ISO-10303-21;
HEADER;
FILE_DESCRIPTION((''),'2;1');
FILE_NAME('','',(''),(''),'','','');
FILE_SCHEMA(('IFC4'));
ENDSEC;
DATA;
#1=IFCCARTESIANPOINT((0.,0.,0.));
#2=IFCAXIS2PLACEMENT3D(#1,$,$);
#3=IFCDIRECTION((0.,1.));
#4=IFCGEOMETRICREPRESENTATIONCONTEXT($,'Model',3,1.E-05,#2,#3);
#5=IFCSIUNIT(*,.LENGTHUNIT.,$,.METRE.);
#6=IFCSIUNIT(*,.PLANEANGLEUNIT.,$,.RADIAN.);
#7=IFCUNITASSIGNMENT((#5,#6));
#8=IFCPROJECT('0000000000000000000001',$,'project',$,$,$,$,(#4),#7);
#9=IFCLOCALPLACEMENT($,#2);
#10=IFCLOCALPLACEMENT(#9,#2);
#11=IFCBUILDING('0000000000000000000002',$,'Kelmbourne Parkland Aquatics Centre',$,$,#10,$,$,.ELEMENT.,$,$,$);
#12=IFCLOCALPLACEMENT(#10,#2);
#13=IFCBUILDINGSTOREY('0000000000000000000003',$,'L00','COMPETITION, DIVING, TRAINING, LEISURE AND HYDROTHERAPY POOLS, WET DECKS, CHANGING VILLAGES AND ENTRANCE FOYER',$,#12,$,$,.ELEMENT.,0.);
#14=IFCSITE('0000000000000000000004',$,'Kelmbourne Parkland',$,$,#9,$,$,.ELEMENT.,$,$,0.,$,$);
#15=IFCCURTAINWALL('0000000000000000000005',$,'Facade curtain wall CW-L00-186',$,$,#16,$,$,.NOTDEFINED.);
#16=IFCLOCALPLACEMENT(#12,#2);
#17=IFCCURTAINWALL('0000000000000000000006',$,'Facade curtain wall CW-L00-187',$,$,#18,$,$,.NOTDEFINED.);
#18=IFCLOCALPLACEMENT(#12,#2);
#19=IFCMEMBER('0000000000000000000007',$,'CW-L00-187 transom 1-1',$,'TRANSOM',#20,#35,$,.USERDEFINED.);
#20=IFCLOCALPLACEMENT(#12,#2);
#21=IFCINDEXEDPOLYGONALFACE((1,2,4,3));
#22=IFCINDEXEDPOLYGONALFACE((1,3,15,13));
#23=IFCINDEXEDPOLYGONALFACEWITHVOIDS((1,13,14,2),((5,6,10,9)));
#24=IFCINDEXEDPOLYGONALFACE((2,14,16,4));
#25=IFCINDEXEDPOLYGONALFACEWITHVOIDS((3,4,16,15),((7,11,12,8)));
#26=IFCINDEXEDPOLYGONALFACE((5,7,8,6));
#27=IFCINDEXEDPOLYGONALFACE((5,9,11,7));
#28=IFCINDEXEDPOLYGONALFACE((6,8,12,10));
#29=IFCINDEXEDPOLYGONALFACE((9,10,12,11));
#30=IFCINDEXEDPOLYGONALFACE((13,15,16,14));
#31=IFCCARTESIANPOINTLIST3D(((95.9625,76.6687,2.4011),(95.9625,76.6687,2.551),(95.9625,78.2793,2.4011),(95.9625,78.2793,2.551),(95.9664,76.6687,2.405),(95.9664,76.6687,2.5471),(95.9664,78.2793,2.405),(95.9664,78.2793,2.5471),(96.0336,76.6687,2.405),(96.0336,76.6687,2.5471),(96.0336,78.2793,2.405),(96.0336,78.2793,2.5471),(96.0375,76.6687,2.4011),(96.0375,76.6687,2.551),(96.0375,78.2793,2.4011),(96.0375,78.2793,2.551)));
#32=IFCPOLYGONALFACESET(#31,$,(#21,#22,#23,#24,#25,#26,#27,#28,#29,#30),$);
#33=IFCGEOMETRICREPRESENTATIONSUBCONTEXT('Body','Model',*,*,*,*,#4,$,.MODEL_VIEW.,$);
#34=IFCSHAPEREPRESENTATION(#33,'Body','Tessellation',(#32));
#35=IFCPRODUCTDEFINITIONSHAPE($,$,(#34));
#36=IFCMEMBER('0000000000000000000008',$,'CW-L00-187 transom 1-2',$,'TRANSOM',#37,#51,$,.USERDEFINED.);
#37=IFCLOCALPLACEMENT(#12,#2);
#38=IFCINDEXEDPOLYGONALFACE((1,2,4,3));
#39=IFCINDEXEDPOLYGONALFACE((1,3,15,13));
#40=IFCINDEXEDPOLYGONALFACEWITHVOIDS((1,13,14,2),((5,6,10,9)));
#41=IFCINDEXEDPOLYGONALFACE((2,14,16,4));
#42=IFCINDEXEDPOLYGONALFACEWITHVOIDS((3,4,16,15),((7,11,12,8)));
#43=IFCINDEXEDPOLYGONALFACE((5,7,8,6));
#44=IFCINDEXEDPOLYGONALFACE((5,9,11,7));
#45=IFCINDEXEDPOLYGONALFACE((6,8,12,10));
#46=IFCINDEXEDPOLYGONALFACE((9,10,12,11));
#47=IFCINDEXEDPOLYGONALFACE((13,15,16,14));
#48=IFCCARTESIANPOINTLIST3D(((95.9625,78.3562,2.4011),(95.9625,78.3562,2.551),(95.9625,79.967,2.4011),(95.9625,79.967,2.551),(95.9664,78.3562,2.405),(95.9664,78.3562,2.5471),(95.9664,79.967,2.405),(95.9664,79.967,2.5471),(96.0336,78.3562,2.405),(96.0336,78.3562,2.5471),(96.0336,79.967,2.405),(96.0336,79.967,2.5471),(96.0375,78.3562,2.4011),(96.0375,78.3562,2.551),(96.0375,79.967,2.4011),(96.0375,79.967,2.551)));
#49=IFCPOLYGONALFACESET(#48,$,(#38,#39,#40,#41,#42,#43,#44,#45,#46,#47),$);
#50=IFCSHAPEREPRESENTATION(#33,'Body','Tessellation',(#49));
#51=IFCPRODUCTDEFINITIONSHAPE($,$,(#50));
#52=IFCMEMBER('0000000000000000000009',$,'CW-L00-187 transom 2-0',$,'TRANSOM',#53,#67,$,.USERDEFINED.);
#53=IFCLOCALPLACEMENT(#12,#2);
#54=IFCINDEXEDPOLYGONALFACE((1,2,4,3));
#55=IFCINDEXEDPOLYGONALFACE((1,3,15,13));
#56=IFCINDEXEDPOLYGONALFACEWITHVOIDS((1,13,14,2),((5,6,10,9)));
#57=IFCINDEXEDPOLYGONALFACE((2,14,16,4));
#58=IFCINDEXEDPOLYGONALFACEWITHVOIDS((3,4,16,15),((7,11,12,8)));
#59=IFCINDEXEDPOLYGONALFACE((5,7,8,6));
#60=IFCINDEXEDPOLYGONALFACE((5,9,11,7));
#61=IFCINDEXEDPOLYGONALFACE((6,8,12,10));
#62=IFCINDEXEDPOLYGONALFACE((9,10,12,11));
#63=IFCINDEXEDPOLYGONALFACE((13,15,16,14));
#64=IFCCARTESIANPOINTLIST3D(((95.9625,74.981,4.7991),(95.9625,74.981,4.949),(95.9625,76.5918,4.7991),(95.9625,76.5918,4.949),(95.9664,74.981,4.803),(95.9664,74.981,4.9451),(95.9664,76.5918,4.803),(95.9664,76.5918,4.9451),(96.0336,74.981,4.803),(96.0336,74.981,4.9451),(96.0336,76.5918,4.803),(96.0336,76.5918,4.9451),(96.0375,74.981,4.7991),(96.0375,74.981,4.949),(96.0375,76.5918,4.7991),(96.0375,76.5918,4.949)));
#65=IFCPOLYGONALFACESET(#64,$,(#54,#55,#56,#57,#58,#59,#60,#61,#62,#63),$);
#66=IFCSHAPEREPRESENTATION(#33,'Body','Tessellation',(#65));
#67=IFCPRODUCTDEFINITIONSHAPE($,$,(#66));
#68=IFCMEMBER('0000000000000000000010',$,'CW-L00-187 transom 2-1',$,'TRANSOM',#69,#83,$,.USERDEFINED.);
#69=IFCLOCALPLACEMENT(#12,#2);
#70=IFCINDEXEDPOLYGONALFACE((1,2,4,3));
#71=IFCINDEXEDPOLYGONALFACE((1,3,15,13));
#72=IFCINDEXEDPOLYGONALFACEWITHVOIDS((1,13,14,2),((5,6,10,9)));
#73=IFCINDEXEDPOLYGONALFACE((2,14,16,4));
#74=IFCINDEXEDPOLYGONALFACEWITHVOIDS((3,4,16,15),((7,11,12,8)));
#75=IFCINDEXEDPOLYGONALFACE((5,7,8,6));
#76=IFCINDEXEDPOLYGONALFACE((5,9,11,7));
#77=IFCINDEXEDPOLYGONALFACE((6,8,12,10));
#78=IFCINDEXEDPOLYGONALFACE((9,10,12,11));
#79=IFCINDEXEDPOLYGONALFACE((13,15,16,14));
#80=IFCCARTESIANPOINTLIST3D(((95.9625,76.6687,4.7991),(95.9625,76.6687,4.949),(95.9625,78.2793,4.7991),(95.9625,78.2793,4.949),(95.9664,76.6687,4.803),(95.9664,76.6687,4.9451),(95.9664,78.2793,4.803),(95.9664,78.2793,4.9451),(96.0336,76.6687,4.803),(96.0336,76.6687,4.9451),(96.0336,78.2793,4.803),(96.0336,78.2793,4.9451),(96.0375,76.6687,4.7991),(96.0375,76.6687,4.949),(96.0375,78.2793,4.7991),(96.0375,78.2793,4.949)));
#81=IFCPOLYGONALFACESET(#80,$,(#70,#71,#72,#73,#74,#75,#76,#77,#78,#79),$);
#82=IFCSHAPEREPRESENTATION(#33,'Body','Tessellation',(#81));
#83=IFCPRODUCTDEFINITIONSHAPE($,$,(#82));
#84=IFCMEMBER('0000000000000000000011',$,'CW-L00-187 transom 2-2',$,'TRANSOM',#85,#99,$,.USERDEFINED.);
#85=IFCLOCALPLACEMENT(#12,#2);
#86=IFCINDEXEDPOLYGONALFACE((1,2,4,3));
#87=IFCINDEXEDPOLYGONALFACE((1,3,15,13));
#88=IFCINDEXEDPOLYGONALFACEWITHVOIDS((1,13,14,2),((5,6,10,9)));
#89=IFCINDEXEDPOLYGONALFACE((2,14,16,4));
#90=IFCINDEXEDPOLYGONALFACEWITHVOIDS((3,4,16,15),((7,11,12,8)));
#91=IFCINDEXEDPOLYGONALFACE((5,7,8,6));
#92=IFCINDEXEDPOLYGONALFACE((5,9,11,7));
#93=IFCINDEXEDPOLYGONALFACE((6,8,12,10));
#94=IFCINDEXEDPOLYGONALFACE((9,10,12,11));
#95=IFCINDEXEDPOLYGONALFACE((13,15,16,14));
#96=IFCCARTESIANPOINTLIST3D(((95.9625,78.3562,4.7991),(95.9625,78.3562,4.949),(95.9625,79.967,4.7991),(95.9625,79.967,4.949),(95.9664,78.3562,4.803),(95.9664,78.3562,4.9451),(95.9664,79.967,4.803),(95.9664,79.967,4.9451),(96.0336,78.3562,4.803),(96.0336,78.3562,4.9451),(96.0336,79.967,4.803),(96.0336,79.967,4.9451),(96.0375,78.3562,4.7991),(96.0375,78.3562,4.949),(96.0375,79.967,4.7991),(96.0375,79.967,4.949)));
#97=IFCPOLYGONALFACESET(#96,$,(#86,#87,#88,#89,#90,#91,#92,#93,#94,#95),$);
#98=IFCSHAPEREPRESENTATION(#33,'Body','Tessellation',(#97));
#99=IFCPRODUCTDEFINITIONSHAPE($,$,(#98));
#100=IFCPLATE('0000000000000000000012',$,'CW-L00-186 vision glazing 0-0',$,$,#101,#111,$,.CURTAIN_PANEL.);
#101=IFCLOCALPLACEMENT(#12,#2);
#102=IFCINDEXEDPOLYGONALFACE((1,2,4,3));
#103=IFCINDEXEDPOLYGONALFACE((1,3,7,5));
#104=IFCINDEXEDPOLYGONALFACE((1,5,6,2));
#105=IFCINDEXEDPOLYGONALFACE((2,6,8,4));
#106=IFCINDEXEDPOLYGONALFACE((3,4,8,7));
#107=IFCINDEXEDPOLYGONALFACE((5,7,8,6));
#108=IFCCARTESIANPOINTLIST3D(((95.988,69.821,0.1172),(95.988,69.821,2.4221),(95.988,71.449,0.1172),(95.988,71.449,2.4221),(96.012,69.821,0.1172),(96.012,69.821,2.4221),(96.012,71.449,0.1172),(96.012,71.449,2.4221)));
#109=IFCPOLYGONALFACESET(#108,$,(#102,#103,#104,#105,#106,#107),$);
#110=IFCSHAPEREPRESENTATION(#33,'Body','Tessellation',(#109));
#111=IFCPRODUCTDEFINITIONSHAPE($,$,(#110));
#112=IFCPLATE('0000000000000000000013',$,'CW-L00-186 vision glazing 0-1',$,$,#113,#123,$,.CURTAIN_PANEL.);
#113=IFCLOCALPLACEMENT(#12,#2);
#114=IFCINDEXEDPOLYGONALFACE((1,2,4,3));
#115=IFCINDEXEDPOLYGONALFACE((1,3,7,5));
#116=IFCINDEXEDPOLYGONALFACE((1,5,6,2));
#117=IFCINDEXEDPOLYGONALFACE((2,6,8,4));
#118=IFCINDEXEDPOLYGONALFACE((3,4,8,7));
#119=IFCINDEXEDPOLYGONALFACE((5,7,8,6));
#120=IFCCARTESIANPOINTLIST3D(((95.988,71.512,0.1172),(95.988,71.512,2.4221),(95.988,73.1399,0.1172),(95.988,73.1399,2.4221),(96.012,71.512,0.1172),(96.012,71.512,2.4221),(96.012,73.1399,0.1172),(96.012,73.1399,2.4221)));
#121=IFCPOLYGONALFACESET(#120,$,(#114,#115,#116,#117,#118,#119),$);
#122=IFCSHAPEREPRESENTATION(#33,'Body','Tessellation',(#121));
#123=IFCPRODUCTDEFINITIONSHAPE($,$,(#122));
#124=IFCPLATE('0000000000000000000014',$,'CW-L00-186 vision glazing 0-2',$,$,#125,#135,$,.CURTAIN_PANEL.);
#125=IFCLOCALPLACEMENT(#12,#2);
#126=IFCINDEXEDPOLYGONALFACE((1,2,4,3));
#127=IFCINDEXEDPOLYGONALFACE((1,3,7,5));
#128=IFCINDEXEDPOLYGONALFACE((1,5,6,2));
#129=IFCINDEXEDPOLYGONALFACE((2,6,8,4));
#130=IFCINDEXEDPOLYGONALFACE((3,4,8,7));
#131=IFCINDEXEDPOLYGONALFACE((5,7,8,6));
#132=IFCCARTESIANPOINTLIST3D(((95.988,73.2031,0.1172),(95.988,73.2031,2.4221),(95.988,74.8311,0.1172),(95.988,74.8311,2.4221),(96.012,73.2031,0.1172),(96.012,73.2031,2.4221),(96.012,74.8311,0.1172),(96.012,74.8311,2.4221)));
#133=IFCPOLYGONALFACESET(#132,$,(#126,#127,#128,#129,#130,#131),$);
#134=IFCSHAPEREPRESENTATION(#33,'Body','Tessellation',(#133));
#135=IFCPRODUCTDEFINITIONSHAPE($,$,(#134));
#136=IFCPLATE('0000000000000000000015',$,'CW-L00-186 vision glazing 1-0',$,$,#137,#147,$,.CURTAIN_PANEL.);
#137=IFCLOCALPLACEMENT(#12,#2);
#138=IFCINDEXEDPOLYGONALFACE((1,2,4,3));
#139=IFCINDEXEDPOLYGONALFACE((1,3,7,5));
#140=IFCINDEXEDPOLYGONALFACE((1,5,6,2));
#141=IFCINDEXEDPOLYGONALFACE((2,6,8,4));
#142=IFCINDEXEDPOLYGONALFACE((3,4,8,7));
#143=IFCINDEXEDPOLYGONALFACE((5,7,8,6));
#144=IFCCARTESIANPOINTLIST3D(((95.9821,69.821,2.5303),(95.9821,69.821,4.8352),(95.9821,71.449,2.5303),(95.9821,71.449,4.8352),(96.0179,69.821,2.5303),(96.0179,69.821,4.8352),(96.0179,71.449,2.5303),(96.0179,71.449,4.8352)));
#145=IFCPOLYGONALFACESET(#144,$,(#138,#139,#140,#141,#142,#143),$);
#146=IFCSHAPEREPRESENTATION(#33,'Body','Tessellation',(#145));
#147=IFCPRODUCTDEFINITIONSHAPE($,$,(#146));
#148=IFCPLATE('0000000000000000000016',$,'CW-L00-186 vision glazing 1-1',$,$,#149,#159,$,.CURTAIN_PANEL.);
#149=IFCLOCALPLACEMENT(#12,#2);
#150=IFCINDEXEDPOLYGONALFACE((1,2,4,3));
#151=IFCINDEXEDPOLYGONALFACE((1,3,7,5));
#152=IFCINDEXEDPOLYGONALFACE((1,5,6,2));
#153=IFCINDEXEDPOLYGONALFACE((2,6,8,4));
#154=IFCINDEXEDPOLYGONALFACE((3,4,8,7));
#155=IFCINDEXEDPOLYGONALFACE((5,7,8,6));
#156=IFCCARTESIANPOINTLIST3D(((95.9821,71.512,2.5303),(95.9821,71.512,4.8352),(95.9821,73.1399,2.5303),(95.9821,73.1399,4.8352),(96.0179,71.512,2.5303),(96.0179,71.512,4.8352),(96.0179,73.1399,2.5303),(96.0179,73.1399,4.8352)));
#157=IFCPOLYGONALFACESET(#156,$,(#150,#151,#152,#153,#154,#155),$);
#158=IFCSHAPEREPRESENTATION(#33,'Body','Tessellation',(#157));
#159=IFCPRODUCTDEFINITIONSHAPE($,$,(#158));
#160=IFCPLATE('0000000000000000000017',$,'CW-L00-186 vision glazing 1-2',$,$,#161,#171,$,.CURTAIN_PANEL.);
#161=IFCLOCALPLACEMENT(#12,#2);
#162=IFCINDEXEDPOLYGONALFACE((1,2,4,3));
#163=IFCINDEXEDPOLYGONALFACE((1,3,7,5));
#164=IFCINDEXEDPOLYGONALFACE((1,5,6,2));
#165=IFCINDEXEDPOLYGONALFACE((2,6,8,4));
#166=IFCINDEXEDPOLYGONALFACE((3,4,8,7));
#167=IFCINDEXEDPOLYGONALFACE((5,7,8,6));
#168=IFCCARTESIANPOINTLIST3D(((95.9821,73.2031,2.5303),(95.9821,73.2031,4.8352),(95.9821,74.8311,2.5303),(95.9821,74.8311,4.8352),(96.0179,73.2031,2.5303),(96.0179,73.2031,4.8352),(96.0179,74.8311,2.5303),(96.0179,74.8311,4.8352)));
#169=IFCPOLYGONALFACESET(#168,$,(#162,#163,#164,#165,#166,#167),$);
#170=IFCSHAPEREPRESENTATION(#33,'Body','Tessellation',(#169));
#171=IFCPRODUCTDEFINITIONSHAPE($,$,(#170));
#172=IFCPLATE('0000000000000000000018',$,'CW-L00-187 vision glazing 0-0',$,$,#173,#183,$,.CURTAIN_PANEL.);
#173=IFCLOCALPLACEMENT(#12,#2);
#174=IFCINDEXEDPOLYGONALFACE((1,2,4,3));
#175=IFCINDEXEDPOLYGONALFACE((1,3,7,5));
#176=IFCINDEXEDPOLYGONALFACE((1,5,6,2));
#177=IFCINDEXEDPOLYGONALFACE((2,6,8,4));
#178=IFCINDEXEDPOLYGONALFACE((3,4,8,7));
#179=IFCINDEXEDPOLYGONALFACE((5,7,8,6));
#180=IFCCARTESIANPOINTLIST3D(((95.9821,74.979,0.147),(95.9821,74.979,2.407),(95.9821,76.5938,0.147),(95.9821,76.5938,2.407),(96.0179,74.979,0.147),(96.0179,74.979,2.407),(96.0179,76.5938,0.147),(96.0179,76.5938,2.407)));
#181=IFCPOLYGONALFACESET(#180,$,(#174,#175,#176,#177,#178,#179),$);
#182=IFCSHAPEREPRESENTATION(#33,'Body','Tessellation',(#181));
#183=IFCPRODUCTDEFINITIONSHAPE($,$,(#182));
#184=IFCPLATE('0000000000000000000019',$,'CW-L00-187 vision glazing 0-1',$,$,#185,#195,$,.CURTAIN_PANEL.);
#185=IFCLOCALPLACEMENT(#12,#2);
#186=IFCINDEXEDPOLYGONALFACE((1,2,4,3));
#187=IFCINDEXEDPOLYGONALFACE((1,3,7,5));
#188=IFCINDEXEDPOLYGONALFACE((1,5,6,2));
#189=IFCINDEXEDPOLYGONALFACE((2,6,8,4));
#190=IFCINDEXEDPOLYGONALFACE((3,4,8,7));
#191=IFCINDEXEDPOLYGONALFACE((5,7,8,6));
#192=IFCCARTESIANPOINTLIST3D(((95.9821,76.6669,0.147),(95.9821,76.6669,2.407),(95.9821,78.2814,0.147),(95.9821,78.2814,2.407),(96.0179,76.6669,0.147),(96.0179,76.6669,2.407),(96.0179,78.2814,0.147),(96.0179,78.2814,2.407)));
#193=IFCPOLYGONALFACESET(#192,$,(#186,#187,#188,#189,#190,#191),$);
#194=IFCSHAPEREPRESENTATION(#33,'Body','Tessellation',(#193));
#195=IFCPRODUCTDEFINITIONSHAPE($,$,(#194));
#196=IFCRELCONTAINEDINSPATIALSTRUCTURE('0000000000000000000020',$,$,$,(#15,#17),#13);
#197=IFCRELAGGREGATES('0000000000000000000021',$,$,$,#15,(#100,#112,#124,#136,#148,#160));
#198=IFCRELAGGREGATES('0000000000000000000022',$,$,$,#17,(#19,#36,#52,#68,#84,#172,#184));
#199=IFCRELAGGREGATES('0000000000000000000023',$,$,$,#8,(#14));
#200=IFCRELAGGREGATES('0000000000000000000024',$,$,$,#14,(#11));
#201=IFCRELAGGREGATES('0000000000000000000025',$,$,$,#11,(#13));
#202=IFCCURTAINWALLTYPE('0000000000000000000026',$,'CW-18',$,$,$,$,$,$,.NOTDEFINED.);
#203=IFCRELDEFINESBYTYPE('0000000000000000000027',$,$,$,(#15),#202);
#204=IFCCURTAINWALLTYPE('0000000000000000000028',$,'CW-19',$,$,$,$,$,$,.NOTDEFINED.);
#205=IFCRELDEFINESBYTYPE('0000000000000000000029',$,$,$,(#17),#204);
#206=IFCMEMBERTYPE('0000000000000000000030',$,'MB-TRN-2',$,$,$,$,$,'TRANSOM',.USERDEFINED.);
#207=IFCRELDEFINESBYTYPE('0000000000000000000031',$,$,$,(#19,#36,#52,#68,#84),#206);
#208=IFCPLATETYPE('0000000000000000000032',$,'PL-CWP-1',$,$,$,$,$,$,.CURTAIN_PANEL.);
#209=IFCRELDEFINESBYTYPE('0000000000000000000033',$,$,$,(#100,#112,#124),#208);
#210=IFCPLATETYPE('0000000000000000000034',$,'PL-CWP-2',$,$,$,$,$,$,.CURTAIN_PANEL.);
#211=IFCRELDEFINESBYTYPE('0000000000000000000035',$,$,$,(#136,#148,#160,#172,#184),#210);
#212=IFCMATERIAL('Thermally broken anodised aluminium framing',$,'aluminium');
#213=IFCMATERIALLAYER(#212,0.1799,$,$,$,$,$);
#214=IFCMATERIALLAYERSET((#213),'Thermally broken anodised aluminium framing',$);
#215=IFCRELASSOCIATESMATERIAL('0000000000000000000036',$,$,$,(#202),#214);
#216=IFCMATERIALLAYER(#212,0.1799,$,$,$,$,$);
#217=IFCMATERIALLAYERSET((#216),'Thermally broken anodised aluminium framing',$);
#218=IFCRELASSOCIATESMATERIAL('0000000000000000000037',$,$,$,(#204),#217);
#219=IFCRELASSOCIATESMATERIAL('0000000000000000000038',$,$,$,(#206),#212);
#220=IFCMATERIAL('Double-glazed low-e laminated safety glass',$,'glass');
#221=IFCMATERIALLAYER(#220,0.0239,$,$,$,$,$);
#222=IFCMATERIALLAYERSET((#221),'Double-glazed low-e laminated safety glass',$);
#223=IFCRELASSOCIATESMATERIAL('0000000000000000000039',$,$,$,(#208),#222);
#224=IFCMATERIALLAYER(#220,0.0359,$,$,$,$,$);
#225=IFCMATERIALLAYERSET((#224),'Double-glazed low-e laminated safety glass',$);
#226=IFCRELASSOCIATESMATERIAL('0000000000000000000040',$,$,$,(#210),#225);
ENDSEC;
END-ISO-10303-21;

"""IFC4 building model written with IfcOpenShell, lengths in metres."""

from ifc_helpers import new_model, si_unit, direction, frame, origin, origin_2d, place, context, subcontext, project, spatial, rectangle, hollow_rectangle, extrude, material, layer, layer_set, material_profile, profile_set, type_object, element, aggregate, save


model = new_model("IFC4")

# Units and contexts
model_context = context("Model", 3, precision=1e-05, world=origin(), true_north=direction((0.0, 1.0)))
body_context = subcontext(model_context, "Body", "Model", "MODEL_VIEW")
ifc_project = project(units=[si_unit("LENGTHUNIT", "METRE"), si_unit("PLANEANGLEUNIT", "RADIAN")], contexts=[model_context])

# Site, building, storey
site_placement = place(None, origin())
site = spatial("IfcSite", under=ifc_project, at=site_placement, Name="Kelmbourne Parkland", CompositionType="ELEMENT", RefElevation=0.0)
building_placement = place(site_placement, origin())
building = spatial("IfcBuilding", under=site, at=building_placement, Name="Kelmbourne Parkland Aquatics Centre", CompositionType="ELEMENT")
storey_placement = place(building_placement, origin())
storey = spatial("IfcBuildingStorey", under=building, at=storey_placement, Name="L00", Description="COMPETITION, DIVING, TRAINING, LEISURE AND HYDROTHERAPY POOLS, WET DECKS, CHANGING VILLAGES AND ENTRANCE FOYER", CompositionType="ELEMENT", Elevation=0.0)

# Curtain walls
ifc_material_1 = material(Name="Thermally broken anodised aluminium framing", Category="aluminium")
ifc_layer_1 = layer(ifc_material_1, 0.1799)
ifc_layer_set_1 = layer_set([ifc_layer_1], Name="Thermally broken anodised aluminium framing")
curtain_wall_type_1 = type_object("IfcCurtainWallType", Name="CW-18", PredefinedType="NOTDEFINED", material=ifc_layer_set_1)
curtain_wall_1_placement = place(storey_placement, origin())
curtain_wall_1 = element("IfcCurtainWall", 1, at=curtain_wall_1_placement, inside=storey, type_object=curtain_wall_type_1, Name="Facade curtain wall CW-L00-186", PredefinedType="NOTDEFINED")
ifc_layer_2 = layer(ifc_material_1, 0.1799)
ifc_layer_set_2 = layer_set([ifc_layer_2], Name="Thermally broken anodised aluminium framing")
curtain_wall_type_2 = type_object("IfcCurtainWallType", Name="CW-19", PredefinedType="NOTDEFINED", material=ifc_layer_set_2)
curtain_wall_2_placement = place(storey_placement, origin())
curtain_wall_2 = element("IfcCurtainWall", 2, at=curtain_wall_2_placement, inside=storey, type_object=curtain_wall_type_2, Name="Facade curtain wall CW-L00-187", PredefinedType="NOTDEFINED")

# Members
ifc_material_profile_1 = material_profile(ifc_material_1, hollow_rectangle(XDim=0.075, YDim=0.1499, WallThickness=0.0039, at=origin_2d()), Name="CW-T 75x150")
ifc_profile_set_1 = profile_set([ifc_material_profile_1], Name="Thermally broken anodised aluminium framing")
member_type_1 = type_object("IfcMemberType", Name="MB-TRN-2", ElementType="TRANSOM", PredefinedType="USERDEFINED", material=ifc_profile_set_1)
member_1_placement = place(storey_placement, frame((96.0, 76.6687, 2.4761), z_axis=(0.0, 1.0, 0.0), x_axis=(-1.0, 0.0, 0.0)))
member_1 = element("IfcMember", 3, at=member_1_placement, type_object=member_type_1, Name="CW-L00-187 transom 1-1", ObjectType="TRANSOM", PredefinedType="USERDEFINED", context=body_context, shape_type="SweptSolid", body=[
    extrude(hollow_rectangle(XDim=0.075, YDim=0.1499, WallThickness=0.0039, at=origin_2d()), origin(), (0.0, 0.0, 1.0), 1.6106),
])
member_2_placement = place(storey_placement, frame((96.0, 78.3562, 2.4761), z_axis=(0.0, 1.0, 0.0), x_axis=(-1.0, 0.0, 0.0)))
member_2 = element("IfcMember", 4, at=member_2_placement, type_object=member_type_1, Name="CW-L00-187 transom 1-2", ObjectType="TRANSOM", PredefinedType="USERDEFINED", context=body_context, shape_type="SweptSolid", body=[
    extrude(hollow_rectangle(XDim=0.075, YDim=0.1499, WallThickness=0.0039, at=origin_2d()), origin(), (0.0, 0.0, 1.0), 1.6108),
])
member_3_placement = place(storey_placement, frame((96.0, 74.981, 4.874), z_axis=(0.0, 1.0, 0.0), x_axis=(-1.0, 0.0, 0.0)))
member_3 = element("IfcMember", 5, at=member_3_placement, type_object=member_type_1, Name="CW-L00-187 transom 2-0", ObjectType="TRANSOM", PredefinedType="USERDEFINED", context=body_context, shape_type="SweptSolid", body=[
    extrude(hollow_rectangle(XDim=0.075, YDim=0.1499, WallThickness=0.0039, at=origin_2d()), origin(), (0.0, 0.0, 1.0), 1.6108),
])
member_4_placement = place(storey_placement, frame((96.0, 76.6687, 4.874), z_axis=(0.0, 1.0, 0.0), x_axis=(-1.0, 0.0, 0.0)))
member_4 = element("IfcMember", 6, at=member_4_placement, type_object=member_type_1, Name="CW-L00-187 transom 2-1", ObjectType="TRANSOM", PredefinedType="USERDEFINED", context=body_context, shape_type="SweptSolid", body=[
    extrude(hollow_rectangle(XDim=0.075, YDim=0.1499, WallThickness=0.0039, at=origin_2d()), origin(), (0.0, 0.0, 1.0), 1.6106),
])
member_5_placement = place(storey_placement, frame((96.0, 78.3562, 4.874), z_axis=(0.0, 1.0, 0.0), x_axis=(-1.0, 0.0, 0.0)))
member_5 = element("IfcMember", 7, at=member_5_placement, type_object=member_type_1, Name="CW-L00-187 transom 2-2", ObjectType="TRANSOM", PredefinedType="USERDEFINED", context=body_context, shape_type="SweptSolid", body=[
    extrude(hollow_rectangle(XDim=0.075, YDim=0.1499, WallThickness=0.0039, at=origin_2d()), origin(), (0.0, 0.0, 1.0), 1.6108),
])

# Plates
ifc_material_2 = material(Name="Double-glazed low-e laminated safety glass", Category="glass")
ifc_layer_3 = layer(ifc_material_2, 0.0239)
ifc_layer_set_3 = layer_set([ifc_layer_3], Name="Double-glazed low-e laminated safety glass")
plate_type_1 = type_object("IfcPlateType", Name="PL-CWP-1", PredefinedType="CURTAIN_PANEL", material=ifc_layer_set_3)
plate_1_placement = place(storey_placement, frame((96.0, 70.635, 0.1172), z_axis=(0.0, 0.0, 1.0), x_axis=(0.0, 1.0, 0.0)))
plate_1 = element("IfcPlate", 8, at=plate_1_placement, type_object=plate_type_1, Name="CW-L00-186 vision glazing 0-0", PredefinedType="CURTAIN_PANEL", context=body_context, shape_type="SweptSolid", body=[
    extrude(rectangle(XDim=1.6279, YDim=0.0239, at=origin_2d()), origin(), (0.0, 0.0, 1.0), 2.3049),
])
plate_2_placement = place(storey_placement, frame((96.0, 72.3259, 0.1172), z_axis=(0.0, 0.0, 1.0), x_axis=(0.0, 1.0, 0.0)))
plate_2 = element("IfcPlate", 9, at=plate_2_placement, type_object=plate_type_1, Name="CW-L00-186 vision glazing 0-1", PredefinedType="CURTAIN_PANEL", context=body_context, shape_type="SweptSolid", body=[
    extrude(rectangle(XDim=1.6279, YDim=0.0239, at=origin_2d()), origin(), (0.0, 0.0, 1.0), 2.3049),
])
plate_3_placement = place(storey_placement, frame((96.0, 74.0171, 0.1172), z_axis=(0.0, 0.0, 1.0), x_axis=(0.0, 1.0, 0.0)))
plate_3 = element("IfcPlate", 10, at=plate_3_placement, type_object=plate_type_1, Name="CW-L00-186 vision glazing 0-2", PredefinedType="CURTAIN_PANEL", context=body_context, shape_type="SweptSolid", body=[
    extrude(rectangle(XDim=1.6279, YDim=0.0239, at=origin_2d()), origin(), (0.0, 0.0, 1.0), 2.3049),
])
ifc_layer_4 = layer(ifc_material_2, 0.0359)
ifc_layer_set_4 = layer_set([ifc_layer_4], Name="Double-glazed low-e laminated safety glass")
plate_type_2 = type_object("IfcPlateType", Name="PL-CWP-2", PredefinedType="CURTAIN_PANEL", material=ifc_layer_set_4)
plate_4_placement = place(storey_placement, frame((96.0, 70.635, 2.5303), z_axis=(0.0, 0.0, 1.0), x_axis=(0.0, 1.0, 0.0)))
plate_4 = element("IfcPlate", 11, at=plate_4_placement, type_object=plate_type_2, Name="CW-L00-186 vision glazing 1-0", PredefinedType="CURTAIN_PANEL", context=body_context, shape_type="SweptSolid", body=[
    extrude(rectangle(XDim=1.6279, YDim=0.0359, at=origin_2d()), origin(), (0.0, 0.0, 1.0), 2.3049),
])
plate_5_placement = place(storey_placement, frame((96.0, 72.3259, 2.5303), z_axis=(0.0, 0.0, 1.0), x_axis=(0.0, 1.0, 0.0)))
plate_5 = element("IfcPlate", 12, at=plate_5_placement, type_object=plate_type_2, Name="CW-L00-186 vision glazing 1-1", PredefinedType="CURTAIN_PANEL", context=body_context, shape_type="SweptSolid", body=[
    extrude(rectangle(XDim=1.6279, YDim=0.0359, at=origin_2d()), origin(), (0.0, 0.0, 1.0), 2.3049),
])
plate_6_placement = place(storey_placement, frame((96.0, 74.0171, 2.5303), z_axis=(0.0, 0.0, 1.0), x_axis=(0.0, 1.0, 0.0)))
plate_6 = element("IfcPlate", 13, at=plate_6_placement, type_object=plate_type_2, Name="CW-L00-186 vision glazing 1-2", PredefinedType="CURTAIN_PANEL", context=body_context, shape_type="SweptSolid", body=[
    extrude(rectangle(XDim=1.6279, YDim=0.0359, at=origin_2d()), origin(), (0.0, 0.0, 1.0), 2.3049),
])
aggregate(curtain_wall_1, [plate_1, plate_2, plate_3, plate_4, plate_5, plate_6])
plate_7_placement = place(storey_placement, frame((96.0, 75.7864, 0.147), z_axis=(0.0, 0.0, 1.0), x_axis=(0.0, 1.0, 0.0)))
plate_7 = element("IfcPlate", 14, at=plate_7_placement, type_object=plate_type_2, Name="CW-L00-187 vision glazing 0-0", PredefinedType="CURTAIN_PANEL", context=body_context, shape_type="SweptSolid", body=[
    extrude(rectangle(XDim=1.6147, YDim=0.0359, at=origin_2d()), origin(), (0.0, 0.0, 1.0), 2.26),
])
plate_8_placement = place(storey_placement, frame((96.0, 77.4741, 0.147), z_axis=(0.0, 0.0, 1.0), x_axis=(0.0, 1.0, 0.0)))
plate_8 = element("IfcPlate", 15, at=plate_8_placement, type_object=plate_type_2, Name="CW-L00-187 vision glazing 0-1", PredefinedType="CURTAIN_PANEL", context=body_context, shape_type="SweptSolid", body=[
    extrude(rectangle(XDim=1.6145, YDim=0.0359, at=origin_2d()), origin(), (0.0, 0.0, 1.0), 2.26),
])
aggregate(curtain_wall_2, [member_1, member_2, member_3, member_4, member_5, plate_7, plate_8])

save(model, "model.ifc")
